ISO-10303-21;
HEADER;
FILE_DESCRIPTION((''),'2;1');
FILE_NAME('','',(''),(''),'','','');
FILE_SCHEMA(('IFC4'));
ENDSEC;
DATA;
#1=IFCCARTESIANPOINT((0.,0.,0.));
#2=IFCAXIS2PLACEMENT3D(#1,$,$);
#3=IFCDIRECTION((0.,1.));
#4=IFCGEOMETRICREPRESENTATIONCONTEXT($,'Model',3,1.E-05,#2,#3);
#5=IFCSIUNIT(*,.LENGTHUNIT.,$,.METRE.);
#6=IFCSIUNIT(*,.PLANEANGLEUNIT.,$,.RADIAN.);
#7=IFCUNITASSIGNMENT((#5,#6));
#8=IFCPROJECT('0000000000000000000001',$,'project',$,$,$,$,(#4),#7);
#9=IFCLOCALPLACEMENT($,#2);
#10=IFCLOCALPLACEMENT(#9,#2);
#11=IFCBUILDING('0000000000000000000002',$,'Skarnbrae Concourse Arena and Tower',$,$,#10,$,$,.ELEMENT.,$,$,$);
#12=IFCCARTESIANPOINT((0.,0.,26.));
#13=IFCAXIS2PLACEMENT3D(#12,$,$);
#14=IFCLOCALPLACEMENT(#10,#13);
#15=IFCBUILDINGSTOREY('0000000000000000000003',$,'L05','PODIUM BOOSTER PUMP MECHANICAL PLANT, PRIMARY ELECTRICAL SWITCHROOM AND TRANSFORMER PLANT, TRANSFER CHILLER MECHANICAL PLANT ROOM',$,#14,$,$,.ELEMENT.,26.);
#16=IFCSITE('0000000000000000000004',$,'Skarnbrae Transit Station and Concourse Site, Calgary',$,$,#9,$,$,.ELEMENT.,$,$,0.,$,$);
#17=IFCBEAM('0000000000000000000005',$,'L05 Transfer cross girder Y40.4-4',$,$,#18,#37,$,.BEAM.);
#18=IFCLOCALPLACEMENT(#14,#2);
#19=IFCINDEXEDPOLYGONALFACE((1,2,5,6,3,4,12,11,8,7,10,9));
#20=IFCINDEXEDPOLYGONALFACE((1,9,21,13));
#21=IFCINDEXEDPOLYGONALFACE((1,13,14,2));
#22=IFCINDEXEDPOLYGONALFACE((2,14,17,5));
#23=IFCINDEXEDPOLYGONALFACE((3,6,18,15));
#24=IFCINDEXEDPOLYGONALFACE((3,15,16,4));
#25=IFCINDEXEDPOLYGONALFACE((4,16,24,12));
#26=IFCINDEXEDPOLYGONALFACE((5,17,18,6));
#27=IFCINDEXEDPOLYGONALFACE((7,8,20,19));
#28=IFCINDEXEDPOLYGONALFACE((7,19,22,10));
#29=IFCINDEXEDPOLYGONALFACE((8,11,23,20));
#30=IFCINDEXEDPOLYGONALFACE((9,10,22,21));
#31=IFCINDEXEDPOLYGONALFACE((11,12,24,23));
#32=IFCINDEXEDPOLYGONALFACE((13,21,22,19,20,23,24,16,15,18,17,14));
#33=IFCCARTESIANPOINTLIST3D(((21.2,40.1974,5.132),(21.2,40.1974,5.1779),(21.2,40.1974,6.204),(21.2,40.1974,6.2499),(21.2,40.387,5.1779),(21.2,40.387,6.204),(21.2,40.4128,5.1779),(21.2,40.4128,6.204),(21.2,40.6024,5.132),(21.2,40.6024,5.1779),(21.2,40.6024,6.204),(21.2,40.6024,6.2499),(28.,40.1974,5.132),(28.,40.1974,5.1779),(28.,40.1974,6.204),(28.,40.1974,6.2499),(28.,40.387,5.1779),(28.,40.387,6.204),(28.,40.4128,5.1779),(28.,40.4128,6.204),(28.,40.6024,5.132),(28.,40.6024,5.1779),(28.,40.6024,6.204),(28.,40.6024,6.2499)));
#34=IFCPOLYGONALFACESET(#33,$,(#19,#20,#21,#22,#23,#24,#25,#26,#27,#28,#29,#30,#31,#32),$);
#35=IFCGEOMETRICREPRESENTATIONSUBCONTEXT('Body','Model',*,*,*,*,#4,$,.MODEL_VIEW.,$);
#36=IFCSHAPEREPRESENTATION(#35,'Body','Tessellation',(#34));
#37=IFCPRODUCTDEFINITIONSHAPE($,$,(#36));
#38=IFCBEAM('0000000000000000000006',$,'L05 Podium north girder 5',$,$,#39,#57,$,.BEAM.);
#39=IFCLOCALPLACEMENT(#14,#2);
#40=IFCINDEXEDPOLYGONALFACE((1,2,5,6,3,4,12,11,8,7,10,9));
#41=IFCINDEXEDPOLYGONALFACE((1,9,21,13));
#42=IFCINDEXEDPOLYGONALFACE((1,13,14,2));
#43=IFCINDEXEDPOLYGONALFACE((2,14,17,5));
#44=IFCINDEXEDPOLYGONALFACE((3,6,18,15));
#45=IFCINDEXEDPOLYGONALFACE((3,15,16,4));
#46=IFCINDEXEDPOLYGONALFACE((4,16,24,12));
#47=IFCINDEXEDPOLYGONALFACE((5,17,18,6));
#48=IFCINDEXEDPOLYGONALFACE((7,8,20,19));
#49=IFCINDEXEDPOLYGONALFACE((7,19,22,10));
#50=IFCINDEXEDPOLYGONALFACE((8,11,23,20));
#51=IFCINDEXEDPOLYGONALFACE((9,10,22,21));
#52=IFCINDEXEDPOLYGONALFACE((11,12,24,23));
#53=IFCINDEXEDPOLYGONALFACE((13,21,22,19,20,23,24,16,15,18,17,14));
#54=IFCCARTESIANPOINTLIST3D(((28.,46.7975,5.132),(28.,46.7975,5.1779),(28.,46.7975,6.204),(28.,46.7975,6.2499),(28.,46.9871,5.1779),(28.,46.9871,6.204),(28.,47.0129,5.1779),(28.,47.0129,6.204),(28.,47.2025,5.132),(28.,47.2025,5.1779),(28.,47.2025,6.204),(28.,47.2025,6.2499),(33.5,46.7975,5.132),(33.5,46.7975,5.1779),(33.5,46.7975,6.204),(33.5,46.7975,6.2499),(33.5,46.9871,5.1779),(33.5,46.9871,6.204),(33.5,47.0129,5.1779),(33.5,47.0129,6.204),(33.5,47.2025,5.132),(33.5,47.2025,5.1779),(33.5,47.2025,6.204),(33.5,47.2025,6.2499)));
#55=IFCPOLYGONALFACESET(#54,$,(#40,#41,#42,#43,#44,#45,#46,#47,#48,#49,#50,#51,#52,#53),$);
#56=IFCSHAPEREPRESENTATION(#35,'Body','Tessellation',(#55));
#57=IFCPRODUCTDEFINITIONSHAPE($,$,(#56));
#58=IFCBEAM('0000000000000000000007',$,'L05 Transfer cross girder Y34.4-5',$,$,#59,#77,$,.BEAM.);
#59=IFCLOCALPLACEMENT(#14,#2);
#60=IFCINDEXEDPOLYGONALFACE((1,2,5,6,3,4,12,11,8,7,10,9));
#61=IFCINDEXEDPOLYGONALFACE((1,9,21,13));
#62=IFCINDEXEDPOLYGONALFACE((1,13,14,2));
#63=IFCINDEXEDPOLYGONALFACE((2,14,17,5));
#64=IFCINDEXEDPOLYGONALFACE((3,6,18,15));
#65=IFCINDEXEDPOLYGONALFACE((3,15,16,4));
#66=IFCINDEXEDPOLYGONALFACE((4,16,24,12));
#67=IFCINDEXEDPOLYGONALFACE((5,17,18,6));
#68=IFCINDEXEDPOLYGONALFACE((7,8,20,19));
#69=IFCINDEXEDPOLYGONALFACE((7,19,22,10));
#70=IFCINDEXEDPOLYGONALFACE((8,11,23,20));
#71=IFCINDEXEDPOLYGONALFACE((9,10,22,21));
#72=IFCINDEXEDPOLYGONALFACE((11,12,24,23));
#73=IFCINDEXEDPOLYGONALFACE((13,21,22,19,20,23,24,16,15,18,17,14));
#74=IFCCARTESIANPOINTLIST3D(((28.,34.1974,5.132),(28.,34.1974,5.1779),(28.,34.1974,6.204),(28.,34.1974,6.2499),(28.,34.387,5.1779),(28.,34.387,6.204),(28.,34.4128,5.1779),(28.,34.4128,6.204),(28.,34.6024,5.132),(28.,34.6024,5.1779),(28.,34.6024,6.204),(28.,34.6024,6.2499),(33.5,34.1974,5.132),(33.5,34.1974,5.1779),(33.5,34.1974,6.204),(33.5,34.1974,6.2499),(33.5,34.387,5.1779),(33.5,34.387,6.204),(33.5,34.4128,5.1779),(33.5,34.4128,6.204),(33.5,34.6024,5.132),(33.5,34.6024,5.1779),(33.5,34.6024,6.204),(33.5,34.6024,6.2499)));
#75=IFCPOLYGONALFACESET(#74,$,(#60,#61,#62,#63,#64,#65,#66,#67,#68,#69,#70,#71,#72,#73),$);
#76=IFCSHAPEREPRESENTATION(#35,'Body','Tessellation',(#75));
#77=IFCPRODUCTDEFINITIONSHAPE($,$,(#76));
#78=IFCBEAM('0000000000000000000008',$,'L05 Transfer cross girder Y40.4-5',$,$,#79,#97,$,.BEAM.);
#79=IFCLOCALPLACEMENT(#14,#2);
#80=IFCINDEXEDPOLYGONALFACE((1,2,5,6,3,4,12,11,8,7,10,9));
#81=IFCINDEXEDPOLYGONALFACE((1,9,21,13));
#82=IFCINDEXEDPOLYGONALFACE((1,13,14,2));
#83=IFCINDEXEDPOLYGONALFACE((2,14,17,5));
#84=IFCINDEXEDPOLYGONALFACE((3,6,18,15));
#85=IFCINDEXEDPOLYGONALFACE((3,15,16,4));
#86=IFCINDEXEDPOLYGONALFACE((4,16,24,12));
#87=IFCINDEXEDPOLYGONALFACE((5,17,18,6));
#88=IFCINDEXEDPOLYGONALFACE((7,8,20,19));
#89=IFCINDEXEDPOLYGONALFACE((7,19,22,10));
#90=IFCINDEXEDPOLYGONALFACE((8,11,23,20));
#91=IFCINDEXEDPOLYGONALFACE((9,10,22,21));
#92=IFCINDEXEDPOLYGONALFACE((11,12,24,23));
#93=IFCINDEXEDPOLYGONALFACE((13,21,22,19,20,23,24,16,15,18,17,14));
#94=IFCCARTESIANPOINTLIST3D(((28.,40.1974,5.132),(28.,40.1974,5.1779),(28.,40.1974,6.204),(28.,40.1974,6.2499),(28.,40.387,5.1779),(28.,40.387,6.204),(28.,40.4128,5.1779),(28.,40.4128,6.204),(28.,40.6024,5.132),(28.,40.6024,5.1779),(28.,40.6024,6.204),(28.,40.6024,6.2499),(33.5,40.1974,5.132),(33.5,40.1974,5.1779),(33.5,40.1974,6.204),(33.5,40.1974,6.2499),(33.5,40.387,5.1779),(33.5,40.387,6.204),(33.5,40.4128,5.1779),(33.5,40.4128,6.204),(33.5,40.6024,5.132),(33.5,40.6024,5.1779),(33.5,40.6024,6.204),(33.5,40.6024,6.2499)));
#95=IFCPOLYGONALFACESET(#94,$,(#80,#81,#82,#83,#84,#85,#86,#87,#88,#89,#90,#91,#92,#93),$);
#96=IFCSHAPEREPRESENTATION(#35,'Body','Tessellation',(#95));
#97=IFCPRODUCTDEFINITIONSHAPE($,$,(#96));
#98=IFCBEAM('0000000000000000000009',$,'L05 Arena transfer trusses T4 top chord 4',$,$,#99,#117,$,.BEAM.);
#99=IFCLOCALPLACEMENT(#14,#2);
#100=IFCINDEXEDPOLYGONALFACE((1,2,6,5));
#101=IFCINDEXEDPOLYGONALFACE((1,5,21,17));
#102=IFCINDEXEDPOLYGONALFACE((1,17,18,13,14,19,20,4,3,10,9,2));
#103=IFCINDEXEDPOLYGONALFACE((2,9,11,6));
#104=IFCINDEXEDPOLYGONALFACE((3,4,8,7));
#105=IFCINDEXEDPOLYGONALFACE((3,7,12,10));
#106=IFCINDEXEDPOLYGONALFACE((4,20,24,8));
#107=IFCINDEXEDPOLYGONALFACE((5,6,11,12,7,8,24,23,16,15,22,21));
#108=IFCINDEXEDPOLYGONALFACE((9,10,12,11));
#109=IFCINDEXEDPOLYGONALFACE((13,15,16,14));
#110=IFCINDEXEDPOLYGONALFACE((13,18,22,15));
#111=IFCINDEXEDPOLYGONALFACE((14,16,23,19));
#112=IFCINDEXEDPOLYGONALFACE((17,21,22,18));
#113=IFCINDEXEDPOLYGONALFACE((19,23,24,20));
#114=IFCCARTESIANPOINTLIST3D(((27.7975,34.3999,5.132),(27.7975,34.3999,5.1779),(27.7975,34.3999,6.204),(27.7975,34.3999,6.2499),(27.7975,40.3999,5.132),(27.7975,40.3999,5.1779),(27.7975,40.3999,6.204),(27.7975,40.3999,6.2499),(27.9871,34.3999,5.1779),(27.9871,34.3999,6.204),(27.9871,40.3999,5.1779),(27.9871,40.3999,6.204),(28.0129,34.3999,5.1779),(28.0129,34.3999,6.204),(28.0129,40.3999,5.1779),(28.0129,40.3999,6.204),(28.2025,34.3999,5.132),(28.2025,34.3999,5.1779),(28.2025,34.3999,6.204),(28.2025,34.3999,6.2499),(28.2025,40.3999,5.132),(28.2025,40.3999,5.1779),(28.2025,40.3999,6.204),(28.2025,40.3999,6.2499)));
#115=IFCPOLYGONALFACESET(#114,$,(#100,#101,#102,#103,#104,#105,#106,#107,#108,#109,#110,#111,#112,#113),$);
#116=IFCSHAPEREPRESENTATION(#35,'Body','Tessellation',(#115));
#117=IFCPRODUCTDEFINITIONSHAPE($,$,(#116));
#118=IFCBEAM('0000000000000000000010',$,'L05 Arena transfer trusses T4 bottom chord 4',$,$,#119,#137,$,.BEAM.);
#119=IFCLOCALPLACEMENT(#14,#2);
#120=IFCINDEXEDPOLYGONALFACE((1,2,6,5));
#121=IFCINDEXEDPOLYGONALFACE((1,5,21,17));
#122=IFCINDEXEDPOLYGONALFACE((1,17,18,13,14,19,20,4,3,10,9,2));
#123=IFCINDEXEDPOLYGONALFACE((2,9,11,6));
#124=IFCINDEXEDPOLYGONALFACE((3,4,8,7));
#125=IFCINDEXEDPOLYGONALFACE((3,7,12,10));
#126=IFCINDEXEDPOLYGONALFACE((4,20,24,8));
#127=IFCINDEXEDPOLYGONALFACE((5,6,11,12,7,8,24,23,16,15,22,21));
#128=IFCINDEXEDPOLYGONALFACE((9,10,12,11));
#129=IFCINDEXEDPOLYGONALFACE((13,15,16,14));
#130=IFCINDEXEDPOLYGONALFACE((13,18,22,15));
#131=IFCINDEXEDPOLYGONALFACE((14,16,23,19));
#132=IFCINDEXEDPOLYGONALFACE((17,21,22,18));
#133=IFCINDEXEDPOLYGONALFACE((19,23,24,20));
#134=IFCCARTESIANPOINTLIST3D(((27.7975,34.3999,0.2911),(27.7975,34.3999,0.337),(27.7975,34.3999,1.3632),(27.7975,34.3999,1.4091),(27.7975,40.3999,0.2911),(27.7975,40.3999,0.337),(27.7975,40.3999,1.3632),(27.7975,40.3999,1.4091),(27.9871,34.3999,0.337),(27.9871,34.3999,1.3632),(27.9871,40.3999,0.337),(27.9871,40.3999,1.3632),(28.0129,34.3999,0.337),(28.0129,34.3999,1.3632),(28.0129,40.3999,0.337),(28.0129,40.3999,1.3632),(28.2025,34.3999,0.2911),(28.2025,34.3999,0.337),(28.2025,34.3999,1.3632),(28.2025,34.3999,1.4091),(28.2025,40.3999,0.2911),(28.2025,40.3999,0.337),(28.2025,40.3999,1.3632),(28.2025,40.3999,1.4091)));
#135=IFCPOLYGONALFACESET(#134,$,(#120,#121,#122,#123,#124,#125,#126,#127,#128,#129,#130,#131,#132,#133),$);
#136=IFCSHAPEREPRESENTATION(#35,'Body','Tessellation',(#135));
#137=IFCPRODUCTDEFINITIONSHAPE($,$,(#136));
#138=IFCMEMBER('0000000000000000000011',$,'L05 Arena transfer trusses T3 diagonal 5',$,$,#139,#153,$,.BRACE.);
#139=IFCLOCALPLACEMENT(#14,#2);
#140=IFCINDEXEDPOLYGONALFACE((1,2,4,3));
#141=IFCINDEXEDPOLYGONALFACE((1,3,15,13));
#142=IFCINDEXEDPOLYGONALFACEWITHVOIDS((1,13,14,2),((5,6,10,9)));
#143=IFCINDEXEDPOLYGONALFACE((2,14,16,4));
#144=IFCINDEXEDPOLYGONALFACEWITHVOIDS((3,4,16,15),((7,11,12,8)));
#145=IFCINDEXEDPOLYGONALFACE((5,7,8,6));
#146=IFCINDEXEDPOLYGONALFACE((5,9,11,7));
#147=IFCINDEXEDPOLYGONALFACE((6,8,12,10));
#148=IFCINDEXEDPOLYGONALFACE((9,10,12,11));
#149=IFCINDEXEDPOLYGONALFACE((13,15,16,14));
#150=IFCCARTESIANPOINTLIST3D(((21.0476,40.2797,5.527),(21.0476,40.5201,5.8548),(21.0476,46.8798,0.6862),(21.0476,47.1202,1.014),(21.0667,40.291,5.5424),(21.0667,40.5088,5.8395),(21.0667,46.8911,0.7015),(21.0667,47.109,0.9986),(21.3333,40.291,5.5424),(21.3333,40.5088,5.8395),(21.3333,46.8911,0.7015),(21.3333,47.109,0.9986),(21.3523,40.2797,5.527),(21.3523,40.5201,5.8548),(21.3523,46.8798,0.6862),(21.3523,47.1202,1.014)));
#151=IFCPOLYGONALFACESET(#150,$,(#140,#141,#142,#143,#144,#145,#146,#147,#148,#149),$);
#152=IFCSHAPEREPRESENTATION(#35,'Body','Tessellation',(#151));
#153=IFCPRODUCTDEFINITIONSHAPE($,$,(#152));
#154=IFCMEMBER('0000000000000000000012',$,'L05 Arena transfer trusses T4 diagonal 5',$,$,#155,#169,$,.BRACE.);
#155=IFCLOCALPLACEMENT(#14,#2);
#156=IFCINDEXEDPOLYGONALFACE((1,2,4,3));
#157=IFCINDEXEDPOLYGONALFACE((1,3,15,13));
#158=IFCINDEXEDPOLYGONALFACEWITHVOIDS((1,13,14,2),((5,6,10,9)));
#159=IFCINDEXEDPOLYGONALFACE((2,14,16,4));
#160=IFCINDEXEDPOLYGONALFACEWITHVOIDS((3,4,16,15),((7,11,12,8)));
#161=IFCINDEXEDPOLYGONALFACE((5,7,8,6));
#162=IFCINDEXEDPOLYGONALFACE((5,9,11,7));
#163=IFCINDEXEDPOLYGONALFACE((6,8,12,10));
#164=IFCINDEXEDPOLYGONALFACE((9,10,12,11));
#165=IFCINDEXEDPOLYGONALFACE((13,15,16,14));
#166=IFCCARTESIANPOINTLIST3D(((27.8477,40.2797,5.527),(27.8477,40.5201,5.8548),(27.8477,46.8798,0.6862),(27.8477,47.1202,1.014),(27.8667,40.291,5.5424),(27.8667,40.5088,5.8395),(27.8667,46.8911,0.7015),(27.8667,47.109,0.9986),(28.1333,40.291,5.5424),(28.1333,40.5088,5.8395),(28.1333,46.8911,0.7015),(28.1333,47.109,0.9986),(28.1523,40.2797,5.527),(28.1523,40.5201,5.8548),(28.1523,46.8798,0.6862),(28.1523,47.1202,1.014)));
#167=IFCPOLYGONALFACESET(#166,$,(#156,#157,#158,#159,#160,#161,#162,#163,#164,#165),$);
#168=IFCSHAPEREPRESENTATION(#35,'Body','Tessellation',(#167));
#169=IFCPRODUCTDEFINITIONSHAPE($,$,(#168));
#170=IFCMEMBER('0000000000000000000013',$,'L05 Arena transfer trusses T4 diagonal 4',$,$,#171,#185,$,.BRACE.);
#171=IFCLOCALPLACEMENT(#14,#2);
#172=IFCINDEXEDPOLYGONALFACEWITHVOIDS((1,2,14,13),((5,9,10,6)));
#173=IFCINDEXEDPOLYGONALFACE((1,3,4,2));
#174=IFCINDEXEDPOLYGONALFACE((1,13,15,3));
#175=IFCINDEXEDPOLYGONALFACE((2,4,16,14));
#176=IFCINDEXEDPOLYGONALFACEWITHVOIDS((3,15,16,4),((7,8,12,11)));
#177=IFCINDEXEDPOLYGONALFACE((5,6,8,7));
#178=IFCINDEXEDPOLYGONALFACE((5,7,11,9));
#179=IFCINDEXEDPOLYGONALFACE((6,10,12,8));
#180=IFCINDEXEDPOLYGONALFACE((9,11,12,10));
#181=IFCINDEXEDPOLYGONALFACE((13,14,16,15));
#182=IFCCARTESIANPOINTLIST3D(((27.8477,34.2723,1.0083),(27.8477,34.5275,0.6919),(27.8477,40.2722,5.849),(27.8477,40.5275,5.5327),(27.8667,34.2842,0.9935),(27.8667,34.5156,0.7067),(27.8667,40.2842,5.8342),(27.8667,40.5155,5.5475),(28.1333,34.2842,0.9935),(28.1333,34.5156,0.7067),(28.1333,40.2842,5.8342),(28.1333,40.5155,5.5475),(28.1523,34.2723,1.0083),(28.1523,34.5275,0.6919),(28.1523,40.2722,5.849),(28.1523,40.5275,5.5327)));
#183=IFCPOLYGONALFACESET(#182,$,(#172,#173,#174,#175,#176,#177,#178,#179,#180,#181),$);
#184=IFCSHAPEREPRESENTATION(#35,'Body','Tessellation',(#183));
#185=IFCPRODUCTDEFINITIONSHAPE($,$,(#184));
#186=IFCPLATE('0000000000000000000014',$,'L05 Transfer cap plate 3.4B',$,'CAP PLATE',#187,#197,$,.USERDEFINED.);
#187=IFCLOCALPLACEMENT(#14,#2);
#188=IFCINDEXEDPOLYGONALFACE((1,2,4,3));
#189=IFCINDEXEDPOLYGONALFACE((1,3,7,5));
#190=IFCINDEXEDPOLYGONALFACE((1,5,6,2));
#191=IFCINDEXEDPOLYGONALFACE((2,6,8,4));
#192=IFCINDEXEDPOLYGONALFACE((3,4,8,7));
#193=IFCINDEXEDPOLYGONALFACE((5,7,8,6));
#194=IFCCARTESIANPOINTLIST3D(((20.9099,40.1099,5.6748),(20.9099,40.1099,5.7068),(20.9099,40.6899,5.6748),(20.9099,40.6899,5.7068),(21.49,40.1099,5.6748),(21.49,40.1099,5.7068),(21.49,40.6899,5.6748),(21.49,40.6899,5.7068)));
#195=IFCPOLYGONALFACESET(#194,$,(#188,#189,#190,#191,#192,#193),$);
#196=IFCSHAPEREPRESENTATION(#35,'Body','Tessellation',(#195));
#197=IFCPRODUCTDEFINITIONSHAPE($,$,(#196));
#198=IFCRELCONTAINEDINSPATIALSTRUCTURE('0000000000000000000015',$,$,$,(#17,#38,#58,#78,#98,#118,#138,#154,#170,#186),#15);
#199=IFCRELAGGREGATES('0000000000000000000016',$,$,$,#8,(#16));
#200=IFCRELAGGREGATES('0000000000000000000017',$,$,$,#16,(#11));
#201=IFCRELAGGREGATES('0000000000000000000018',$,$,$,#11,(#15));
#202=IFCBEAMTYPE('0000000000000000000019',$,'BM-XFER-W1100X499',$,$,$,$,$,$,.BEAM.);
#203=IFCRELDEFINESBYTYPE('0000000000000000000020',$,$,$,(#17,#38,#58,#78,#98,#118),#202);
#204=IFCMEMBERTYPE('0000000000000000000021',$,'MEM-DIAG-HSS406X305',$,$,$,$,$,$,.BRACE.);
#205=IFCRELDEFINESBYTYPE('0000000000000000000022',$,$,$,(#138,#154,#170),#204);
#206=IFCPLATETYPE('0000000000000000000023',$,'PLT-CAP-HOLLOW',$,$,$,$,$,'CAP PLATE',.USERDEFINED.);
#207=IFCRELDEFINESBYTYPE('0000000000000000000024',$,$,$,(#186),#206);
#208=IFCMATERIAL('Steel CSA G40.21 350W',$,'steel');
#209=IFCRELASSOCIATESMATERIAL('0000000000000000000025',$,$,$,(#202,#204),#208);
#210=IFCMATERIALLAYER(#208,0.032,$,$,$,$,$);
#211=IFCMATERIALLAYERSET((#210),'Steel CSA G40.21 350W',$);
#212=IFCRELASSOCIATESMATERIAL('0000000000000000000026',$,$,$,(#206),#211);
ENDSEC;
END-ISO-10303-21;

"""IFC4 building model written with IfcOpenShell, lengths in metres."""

from ifc_helpers import new_model, si_unit, direction, frame, origin, origin_2d, place, context, subcontext, project, spatial, rectangle, hollow_rectangle, i_section, extrude, source, transform, mapped, material, layer, layer_set, material_profile, profile_set, type_object, element, save


model = new_model("IFC4")

# Units and contexts
model_context = context("Model", 3, precision=1e-05, world=origin(), true_north=direction((0.0, 1.0)))
body_context = subcontext(model_context, "Body", "Model", "MODEL_VIEW")
ifc_project = project(units=[si_unit("LENGTHUNIT", "METRE"), si_unit("PLANEANGLEUNIT", "RADIAN")], contexts=[model_context])

# Site, building, storey
site_placement = place(None, origin())
site = spatial("IfcSite", under=ifc_project, at=site_placement, Name="Skarnbrae Transit Station and Concourse Site, Calgary", CompositionType="ELEMENT", RefElevation=0.0)
building_placement = place(site_placement, origin())
building = spatial("IfcBuilding", under=site, at=building_placement, Name="Skarnbrae Concourse Arena and Tower", CompositionType="ELEMENT")
storey_placement = place(building_placement, frame((0.0, 0.0, 26.0)))
storey = spatial("IfcBuildingStorey", under=building, at=storey_placement, Name="L05", Description="PODIUM BOOSTER PUMP MECHANICAL PLANT, PRIMARY ELECTRICAL SWITCHROOM AND TRANSFORMER PLANT, TRANSFER CHILLER MECHANICAL PLANT ROOM", CompositionType="ELEMENT", Elevation=26.0)

# Shared definitions
ifc_material_1 = material(Name="Steel CSA G40.21 350W", Category="steel")

# Beams
ifc_material_profile_1 = material_profile(ifc_material_1, i_section(OverallWidth=0.405, OverallDepth=1.1179, WebThickness=0.0259, FlangeThickness=0.0459, at=origin_2d()), Name="W1100X499")
ifc_profile_set_1 = profile_set([ifc_material_profile_1], Name="Steel CSA G40.21 350W")
beam_type = type_object("IfcBeamType", Name="BM-XFER-W1100X499", PredefinedType="BEAM", material=ifc_profile_set_1)
shared_shape_1 = source(origin(), body_context, "Body", "SweptSolid", [
    extrude(i_section(OverallWidth=0.405, OverallDepth=1.1179, WebThickness=0.0259, FlangeThickness=0.0459, at=origin_2d()), origin(), (0.0, 0.0, 1.0), 6.8),
])
for number, where, z_axis, x_axis, name in (
    (1, (21.2, 40.3999, 5.6909), (1.0, 0.0, 0.0), (0.0, 1.0, 0.0), "L05 Transfer cross girder Y40.4-4"),
):
    element("IfcBeam", number, at=place(storey_placement, frame(where, z_axis=z_axis, x_axis=x_axis)), inside=storey, type_object=beam_type, Name=name, PredefinedType="BEAM", context=body_context, shape_type="MappedRepresentation", body=[
        mapped(shared_shape_1, transform((0.0, 0.0, 0.0))),
    ])
shared_shape_2 = source(origin(), body_context, "Body", "SweptSolid", [
    extrude(i_section(OverallWidth=0.405, OverallDepth=1.1179, WebThickness=0.0259, FlangeThickness=0.0459, at=origin_2d()), origin(), (0.0, 0.0, 1.0), 5.5),
])
for number, where, z_axis, x_axis, name in (
    (2, (28.0, 47.0, 5.6909), (1.0, 0.0, 0.0), (0.0, 1.0, 0.0), "L05 Podium north girder 5"),
    (3, (28.0, 34.3999, 5.6909), (1.0, 0.0, 0.0), (0.0, 1.0, 0.0), "L05 Transfer cross girder Y34.4-5"),
    (4, (28.0, 40.3999, 5.6909), (1.0, 0.0, 0.0), (0.0, 1.0, 0.0), "L05 Transfer cross girder Y40.4-5"),
):
    element("IfcBeam", number, at=place(storey_placement, frame(where, z_axis=z_axis, x_axis=x_axis)), inside=storey, type_object=beam_type, Name=name, PredefinedType="BEAM", context=body_context, shape_type="MappedRepresentation", body=[
        mapped(shared_shape_2, transform((0.0, 0.0, 0.0))),
    ])
shared_shape_3 = source(origin(), body_context, "Body", "SweptSolid", [
    extrude(i_section(OverallWidth=0.405, OverallDepth=1.1179, WebThickness=0.0259, FlangeThickness=0.0459, at=origin_2d()), origin(), (0.0, 0.0, 1.0), 6.0),
])
for number, where, z_axis, x_axis, name in (
    (5, (28.0, 34.3999, 5.6909), (0.0, 1.0, 0.0), (-1.0, 0.0, 0.0), "L05 Arena transfer trusses T4 top chord 4"),
    (6, (28.0, 34.3999, 0.8501), (0.0, 1.0, 0.0), (-1.0, 0.0, 0.0), "L05 Arena transfer trusses T4 bottom chord 4"),
):
    element("IfcBeam", number, at=place(storey_placement, frame(where, z_axis=z_axis, x_axis=x_axis)), inside=storey, type_object=beam_type, Name=name, PredefinedType="BEAM", context=body_context, shape_type="MappedRepresentation", body=[
        mapped(shared_shape_3, transform((0.0, 0.0, 0.0))),
    ])

# Members
ifc_material_profile_2 = material_profile(ifc_material_1, hollow_rectangle(XDim=0.3047, YDim=0.4065, WallThickness=0.019, at=origin_2d()), Name="HSS406X305X19.0")
ifc_profile_set_2 = profile_set([ifc_material_profile_2], Name="Steel CSA G40.21 350W")
member_type = type_object("IfcMemberType", Name="MEM-DIAG-HSS406X305", PredefinedType="BRACE", material=ifc_profile_set_2)
shared_shape_4 = source(origin(), body_context, "Body", "SweptSolid", [
    extrude(hollow_rectangle(XDim=0.3047, YDim=0.4065, WallThickness=0.019, at=origin_2d()), origin(), (0.0, 0.0, 1.0), 8.1851),
])
for number, where, z_axis, x_axis, name in (
    (7, (21.2, 40.3999, 5.6909), (0.0, 0.806361, -0.591423), (-1.0, 0.0, 0.0), "L05 Arena transfer trusses T3 diagonal 5"),
    (8, (28.0, 40.3999, 5.6909), (0.0, 0.806361, -0.591423), (-1.0, 0.0, 0.0), "L05 Arena transfer trusses T4 diagonal 5"),
):
    element("IfcMember", number, at=place(storey_placement, frame(where, z_axis=z_axis, x_axis=x_axis)), inside=storey, type_object=member_type, Name=name, PredefinedType="BRACE", context=body_context, shape_type="MappedRepresentation", body=[
        mapped(shared_shape_4, transform((0.0, 0.0, 0.0))),
    ])
shared_shape_5 = source(origin(), body_context, "Body", "SweptSolid", [
    extrude(hollow_rectangle(XDim=0.3047, YDim=0.4065, WallThickness=0.019, at=origin_2d()), origin(), (0.0, 0.0, 1.0), 7.7092),
])
member_placement = place(storey_placement, frame((28.0, 34.3999, 0.8501), z_axis=(0.0, 0.778279, 0.627918), x_axis=(-1.0, 0.0, 0.0)))
element("IfcMember", 9, at=member_placement, inside=storey, type_object=member_type, Name="L05 Arena transfer trusses T4 diagonal 4", PredefinedType="BRACE", context=body_context, shape_type="MappedRepresentation", body=[
    mapped(shared_shape_5, transform((0.0, 0.0, 0.0))),
])

# Plate
ifc_layer_1 = layer(ifc_material_1, 0.032)
ifc_layer_set_1 = layer_set([ifc_layer_1], Name="Steel CSA G40.21 350W")
plate_type_1 = type_object("IfcPlateType", Name="PLT-CAP-HOLLOW", ElementType="CAP PLATE", PredefinedType="USERDEFINED", material=ifc_layer_set_1)
shared_shape_6 = source(origin(), body_context, "Body", "SweptSolid", [
    extrude(rectangle(XDim=0.5801, YDim=0.5801, at=origin_2d()), origin(), (0.0, 0.0, 1.0), 0.032),
])
for number, where, z_axis, x_axis, name in (
    (10, (21.2, 40.3999, 5.6748), (0.0, 0.0, 1.0), (1.0, 0.0, 0.0), "L05 Transfer cap plate 3.4B"),
):
    element("IfcPlate", number, at=place(storey_placement, frame(where, z_axis=z_axis, x_axis=x_axis)), inside=storey, type_object=plate_type_1, Name=name, ObjectType="CAP PLATE", PredefinedType="USERDEFINED", context=body_context, shape_type="MappedRepresentation", body=[
        mapped(shared_shape_6, transform((0.0, 0.0, 0.0))),
    ])

save(model, "model.ifc")
